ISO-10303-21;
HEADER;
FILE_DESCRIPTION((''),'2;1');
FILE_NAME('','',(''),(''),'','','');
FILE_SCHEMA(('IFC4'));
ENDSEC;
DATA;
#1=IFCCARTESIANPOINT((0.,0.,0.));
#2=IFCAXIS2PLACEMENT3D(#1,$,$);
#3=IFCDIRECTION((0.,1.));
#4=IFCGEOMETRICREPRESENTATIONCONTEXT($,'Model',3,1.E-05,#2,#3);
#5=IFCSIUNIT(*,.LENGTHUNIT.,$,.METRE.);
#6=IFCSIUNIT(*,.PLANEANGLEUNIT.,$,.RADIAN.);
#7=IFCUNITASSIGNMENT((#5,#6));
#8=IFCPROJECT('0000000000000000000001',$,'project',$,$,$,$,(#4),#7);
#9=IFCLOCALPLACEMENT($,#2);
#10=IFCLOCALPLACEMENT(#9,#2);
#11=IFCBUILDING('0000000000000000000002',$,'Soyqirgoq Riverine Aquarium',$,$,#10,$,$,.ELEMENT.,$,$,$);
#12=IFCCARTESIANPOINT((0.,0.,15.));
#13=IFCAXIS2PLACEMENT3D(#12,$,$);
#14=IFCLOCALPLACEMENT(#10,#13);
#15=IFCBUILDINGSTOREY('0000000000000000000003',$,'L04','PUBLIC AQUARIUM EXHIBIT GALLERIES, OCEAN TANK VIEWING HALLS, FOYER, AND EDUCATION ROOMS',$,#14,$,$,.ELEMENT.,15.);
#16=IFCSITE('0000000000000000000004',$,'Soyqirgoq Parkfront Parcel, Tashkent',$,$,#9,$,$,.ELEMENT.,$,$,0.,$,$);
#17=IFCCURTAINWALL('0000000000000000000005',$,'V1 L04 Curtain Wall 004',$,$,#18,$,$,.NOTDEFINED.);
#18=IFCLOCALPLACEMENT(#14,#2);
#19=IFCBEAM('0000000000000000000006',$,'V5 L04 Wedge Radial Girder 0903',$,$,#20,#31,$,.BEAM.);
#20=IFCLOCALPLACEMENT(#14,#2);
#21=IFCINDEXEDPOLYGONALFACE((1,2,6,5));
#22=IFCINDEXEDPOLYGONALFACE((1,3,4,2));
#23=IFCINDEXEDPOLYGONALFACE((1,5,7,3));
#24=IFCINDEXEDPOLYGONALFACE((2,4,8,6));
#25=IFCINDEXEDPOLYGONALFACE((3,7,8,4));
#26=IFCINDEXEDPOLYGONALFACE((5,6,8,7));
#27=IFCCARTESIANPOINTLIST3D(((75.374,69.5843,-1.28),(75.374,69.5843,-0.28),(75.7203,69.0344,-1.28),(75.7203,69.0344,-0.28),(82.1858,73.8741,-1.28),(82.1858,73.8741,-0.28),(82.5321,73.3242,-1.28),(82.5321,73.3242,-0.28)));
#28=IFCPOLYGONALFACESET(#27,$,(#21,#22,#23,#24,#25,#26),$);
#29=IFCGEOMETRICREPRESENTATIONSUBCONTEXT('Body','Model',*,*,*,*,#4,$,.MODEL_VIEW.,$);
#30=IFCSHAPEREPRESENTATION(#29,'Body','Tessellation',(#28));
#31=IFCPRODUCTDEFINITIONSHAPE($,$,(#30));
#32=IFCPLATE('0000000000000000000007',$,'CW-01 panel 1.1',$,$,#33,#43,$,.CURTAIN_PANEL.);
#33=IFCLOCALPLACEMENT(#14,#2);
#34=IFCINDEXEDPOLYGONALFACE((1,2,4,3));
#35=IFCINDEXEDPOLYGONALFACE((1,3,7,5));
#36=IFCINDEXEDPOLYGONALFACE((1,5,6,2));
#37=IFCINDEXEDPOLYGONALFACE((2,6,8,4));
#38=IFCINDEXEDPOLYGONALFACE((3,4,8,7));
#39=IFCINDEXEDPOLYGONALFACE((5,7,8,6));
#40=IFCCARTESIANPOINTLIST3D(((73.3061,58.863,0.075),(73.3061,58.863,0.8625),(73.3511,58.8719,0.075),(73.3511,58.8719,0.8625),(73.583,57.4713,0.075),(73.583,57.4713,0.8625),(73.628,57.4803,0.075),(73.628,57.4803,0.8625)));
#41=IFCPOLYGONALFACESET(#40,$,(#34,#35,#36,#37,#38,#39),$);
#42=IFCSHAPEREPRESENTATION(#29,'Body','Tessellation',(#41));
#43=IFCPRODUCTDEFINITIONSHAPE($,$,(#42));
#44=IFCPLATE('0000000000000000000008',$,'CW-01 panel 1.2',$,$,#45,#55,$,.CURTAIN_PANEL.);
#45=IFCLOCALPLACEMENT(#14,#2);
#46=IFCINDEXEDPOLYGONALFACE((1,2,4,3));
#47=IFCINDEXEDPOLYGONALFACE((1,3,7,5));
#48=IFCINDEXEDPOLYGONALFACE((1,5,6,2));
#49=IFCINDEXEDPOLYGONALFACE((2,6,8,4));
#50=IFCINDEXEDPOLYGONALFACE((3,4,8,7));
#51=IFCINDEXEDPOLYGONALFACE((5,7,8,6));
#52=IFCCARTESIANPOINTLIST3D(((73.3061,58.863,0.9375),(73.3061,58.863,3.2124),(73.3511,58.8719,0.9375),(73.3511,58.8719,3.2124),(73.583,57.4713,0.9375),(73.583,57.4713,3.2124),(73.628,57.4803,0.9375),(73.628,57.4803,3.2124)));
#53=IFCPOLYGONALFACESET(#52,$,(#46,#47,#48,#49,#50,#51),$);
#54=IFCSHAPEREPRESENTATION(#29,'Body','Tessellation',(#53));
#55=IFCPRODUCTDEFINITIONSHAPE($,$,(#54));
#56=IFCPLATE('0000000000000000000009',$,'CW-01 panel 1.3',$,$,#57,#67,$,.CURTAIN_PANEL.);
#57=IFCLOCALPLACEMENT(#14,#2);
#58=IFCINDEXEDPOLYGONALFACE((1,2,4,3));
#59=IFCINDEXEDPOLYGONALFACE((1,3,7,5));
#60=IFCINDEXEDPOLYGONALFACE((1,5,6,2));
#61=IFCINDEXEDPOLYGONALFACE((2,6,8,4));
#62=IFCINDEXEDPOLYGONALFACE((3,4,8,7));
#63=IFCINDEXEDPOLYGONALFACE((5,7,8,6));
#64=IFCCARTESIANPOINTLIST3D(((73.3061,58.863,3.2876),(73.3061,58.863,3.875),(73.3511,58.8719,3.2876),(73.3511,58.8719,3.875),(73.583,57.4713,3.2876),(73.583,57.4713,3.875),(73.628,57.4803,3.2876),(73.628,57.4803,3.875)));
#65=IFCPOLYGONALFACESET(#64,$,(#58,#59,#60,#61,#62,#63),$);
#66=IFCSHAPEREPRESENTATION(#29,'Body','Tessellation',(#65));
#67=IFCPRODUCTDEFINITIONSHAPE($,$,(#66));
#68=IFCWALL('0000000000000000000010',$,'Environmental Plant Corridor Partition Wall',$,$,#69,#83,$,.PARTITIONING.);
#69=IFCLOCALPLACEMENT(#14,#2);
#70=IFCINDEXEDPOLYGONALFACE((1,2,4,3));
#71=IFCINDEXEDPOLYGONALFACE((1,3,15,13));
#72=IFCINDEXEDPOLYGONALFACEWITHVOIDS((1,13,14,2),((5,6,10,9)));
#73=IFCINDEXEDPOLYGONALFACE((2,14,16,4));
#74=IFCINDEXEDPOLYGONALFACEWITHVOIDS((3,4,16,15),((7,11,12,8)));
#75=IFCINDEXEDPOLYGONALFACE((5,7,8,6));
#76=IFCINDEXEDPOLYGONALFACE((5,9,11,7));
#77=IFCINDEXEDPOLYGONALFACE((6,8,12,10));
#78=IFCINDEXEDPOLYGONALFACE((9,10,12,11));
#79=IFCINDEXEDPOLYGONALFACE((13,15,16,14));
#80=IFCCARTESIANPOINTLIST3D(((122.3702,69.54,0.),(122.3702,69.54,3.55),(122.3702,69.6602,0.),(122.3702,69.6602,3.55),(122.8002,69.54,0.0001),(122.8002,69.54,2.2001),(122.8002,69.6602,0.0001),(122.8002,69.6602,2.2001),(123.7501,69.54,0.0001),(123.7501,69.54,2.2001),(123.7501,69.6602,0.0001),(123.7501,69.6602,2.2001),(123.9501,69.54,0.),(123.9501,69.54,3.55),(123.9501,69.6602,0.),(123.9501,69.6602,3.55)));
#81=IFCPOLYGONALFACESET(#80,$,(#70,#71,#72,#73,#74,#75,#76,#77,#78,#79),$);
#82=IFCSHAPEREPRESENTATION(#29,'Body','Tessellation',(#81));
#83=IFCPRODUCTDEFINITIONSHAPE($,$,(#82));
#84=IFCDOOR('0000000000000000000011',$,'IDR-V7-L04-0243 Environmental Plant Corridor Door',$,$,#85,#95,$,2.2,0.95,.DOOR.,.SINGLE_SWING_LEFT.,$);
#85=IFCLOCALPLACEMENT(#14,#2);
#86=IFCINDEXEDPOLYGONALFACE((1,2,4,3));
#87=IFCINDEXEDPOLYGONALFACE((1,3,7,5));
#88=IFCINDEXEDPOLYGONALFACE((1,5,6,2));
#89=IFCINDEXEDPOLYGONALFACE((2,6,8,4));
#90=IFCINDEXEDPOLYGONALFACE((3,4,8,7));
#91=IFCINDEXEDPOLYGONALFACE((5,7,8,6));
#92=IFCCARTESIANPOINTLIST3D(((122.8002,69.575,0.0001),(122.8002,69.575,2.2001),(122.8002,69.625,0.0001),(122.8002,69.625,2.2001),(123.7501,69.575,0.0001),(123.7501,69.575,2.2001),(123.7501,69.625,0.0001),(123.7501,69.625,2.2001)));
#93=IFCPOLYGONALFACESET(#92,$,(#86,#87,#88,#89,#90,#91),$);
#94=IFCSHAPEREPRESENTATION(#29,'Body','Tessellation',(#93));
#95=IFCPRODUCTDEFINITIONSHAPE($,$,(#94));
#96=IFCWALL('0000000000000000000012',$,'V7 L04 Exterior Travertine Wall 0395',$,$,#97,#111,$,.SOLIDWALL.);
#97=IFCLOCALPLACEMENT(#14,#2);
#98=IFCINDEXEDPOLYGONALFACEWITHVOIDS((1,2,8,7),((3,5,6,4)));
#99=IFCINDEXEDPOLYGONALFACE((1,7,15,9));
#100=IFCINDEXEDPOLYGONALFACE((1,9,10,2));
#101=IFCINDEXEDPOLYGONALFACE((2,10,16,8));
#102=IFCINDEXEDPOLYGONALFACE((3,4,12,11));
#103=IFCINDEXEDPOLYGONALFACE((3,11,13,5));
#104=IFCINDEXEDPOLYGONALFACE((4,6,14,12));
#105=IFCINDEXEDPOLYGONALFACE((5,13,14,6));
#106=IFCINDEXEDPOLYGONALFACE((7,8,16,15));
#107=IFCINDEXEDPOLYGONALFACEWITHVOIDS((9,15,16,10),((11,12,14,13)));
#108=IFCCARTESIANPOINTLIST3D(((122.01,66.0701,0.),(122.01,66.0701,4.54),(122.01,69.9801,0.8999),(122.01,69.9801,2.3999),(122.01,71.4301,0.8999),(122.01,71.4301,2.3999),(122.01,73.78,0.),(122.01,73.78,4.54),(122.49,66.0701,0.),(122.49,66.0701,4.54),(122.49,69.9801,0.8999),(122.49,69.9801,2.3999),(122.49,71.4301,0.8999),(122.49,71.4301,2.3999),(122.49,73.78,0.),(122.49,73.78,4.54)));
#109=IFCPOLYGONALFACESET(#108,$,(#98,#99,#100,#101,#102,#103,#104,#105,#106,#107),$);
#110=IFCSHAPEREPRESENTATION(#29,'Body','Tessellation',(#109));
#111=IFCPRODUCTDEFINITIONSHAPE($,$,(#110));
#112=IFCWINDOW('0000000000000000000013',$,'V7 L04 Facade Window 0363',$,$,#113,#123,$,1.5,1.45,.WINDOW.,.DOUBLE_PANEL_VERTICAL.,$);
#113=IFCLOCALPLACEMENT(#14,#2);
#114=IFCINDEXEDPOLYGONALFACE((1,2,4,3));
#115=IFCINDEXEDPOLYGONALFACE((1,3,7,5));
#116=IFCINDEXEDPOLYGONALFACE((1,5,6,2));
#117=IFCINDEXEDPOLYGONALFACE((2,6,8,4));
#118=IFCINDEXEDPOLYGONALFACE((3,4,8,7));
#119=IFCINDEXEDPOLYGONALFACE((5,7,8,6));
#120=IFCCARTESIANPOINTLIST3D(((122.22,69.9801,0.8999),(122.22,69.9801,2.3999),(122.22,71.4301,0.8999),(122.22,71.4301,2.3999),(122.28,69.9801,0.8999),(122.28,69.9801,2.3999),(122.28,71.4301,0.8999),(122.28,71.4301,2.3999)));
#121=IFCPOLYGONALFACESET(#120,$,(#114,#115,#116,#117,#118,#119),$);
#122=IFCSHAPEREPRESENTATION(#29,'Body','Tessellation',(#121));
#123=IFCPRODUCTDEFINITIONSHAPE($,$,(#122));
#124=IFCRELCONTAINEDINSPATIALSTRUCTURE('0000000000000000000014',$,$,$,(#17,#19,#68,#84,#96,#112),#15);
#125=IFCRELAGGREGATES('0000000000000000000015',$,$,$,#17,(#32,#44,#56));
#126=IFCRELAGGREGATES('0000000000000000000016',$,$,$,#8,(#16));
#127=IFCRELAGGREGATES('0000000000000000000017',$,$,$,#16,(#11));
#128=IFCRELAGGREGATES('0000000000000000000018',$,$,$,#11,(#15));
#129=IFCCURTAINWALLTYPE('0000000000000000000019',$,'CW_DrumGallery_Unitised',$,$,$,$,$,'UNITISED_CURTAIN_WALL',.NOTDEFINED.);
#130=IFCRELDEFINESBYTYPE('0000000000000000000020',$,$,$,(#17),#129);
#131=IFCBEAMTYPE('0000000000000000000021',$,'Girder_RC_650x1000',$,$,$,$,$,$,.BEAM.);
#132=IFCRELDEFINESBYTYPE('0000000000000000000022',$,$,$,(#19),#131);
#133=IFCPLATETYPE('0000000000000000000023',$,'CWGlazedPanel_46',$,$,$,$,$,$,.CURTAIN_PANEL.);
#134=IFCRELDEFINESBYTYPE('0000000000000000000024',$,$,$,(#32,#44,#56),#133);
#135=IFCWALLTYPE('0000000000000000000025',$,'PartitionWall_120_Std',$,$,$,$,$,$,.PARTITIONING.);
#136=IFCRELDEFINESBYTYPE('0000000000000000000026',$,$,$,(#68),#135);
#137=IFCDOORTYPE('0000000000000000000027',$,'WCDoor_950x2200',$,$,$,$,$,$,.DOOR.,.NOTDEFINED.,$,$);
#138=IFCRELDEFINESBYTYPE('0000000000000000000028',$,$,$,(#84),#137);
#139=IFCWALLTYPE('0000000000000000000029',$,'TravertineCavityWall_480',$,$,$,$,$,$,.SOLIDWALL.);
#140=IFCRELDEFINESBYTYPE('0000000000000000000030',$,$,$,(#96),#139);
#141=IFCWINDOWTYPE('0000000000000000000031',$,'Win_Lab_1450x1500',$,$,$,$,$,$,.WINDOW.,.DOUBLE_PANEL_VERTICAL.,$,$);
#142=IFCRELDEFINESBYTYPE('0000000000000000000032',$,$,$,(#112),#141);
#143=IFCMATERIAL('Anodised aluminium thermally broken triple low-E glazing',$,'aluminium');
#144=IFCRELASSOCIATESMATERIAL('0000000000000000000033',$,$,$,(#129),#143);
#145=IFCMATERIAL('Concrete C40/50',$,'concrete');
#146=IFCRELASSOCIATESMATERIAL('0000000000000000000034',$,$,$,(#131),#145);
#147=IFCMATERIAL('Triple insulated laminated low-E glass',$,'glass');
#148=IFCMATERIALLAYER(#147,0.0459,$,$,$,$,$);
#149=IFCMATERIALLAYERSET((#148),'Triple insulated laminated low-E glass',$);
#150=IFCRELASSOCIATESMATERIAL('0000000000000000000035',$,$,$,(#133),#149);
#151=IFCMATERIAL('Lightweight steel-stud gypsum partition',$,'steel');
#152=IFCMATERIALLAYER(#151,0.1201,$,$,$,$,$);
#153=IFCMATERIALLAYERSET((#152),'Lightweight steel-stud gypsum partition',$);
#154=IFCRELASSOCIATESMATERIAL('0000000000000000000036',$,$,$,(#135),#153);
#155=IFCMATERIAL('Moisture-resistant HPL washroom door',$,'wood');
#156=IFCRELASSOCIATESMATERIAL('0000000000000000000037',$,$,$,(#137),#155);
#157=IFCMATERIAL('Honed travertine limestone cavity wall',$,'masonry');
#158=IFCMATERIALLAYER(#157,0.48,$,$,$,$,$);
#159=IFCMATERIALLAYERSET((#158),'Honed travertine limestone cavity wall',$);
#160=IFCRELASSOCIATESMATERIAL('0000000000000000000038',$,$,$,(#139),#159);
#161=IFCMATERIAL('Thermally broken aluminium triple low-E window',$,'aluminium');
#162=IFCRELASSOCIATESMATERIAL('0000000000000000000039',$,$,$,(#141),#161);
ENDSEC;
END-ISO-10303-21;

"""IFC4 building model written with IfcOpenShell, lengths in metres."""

from ifc_helpers import new_model, si_unit, direction, frame, frame_2d, origin, origin_2d, place, context, subcontext, project, spatial, rectangle, extrude, material, layer, layer_set, material_profile, profile_set, type_object, element, fill, aggregate, save


model = new_model("IFC4")

# Units and contexts
model_context = context("Model", 3, precision=1e-05, world=origin(), true_north=direction((0.0, 1.0)))
body_context = subcontext(model_context, "Body", "Model", "MODEL_VIEW")
ifc_project = project(units=[si_unit("LENGTHUNIT", "METRE"), si_unit("PLANEANGLEUNIT", "RADIAN")], contexts=[model_context])

# Site, building, storey
site_placement = place(None, origin())
site = spatial("IfcSite", under=ifc_project, at=site_placement, Name="Soyqirgoq Parkfront Parcel, Tashkent", CompositionType="ELEMENT", RefElevation=0.0)
building_placement = place(site_placement, origin())
building = spatial("IfcBuilding", under=site, at=building_placement, Name="Soyqirgoq Riverine Aquarium", CompositionType="ELEMENT")
storey_placement = place(building_placement, frame((0.0, 0.0, 15.0)))
storey = spatial("IfcBuildingStorey", under=building, at=storey_placement, Name="L04", Description="PUBLIC AQUARIUM EXHIBIT GALLERIES, OCEAN TANK VIEWING HALLS, FOYER, AND EDUCATION ROOMS", CompositionType="ELEMENT", Elevation=15.0)

# Curtain wall
ifc_material_1 = material(Name="Anodised aluminium thermally broken triple low-E glazing", Category="aluminium")
curtain_wall_type = type_object("IfcCurtainWallType", Name="CW_DrumGallery_Unitised", ElementType="UNITISED_CURTAIN_WALL", PredefinedType="NOTDEFINED", material=ifc_material_1)
curtain_wall_placement = place(storey_placement, origin())
curtain_wall = element("IfcCurtainWall", 1, at=curtain_wall_placement, inside=storey, type_object=curtain_wall_type, Name="V1 L04 Curtain Wall 004", PredefinedType="NOTDEFINED")

# Beam
ifc_material_2 = material(Name="Concrete C40/50", Category="concrete")
ifc_material_profile_1 = material_profile(ifc_material_2, rectangle(XDim=0.6499, YDim=1.0, at=origin_2d()), Name="RC 650x1000")
ifc_profile_set_1 = profile_set([ifc_material_profile_1], Name="Concrete C40/50")
beam_type_1 = type_object("IfcBeamType", Name="Girder_RC_650x1000", PredefinedType="BEAM", material=ifc_profile_set_1)
beam_1_placement = place(storey_placement, frame((75.5471, 69.3093, -0.78), z_axis=(0.846182, 0.532894, 0.0), x_axis=(-0.532894, 0.846182, 0.0)))
element("IfcBeam", 2, at=beam_1_placement, inside=storey, type_object=beam_type_1, Name="V5 L04 Wedge Radial Girder 0903", PredefinedType="BEAM", context=body_context, shape_type="SweptSolid", body=[
    extrude(rectangle(XDim=0.6499, YDim=1.0, at=origin_2d()), origin(), (0.0, 0.0, 1.0), 8.05),
])

# Plates
ifc_material_3 = material(Name="Triple insulated laminated low-E glass", Category="glass")
ifc_layer_1 = layer(ifc_material_3, 0.0459)
ifc_layer_set_1 = layer_set([ifc_layer_1], Name="Triple insulated laminated low-E glass")
plate_type = type_object("IfcPlateType", Name="CWGlazedPanel_46", PredefinedType="CURTAIN_PANEL", material=ifc_layer_set_1)
plate_1_placement = place(storey_placement, frame((73.467, 58.1716, 0.075), z_axis=(0.0, 0.0, 1.0), x_axis=(-0.195102, 0.980783, 0.0)))
plate_1 = element("IfcPlate", 3, at=plate_1_placement, type_object=plate_type, Name="CW-01 panel 1.1", PredefinedType="CURTAIN_PANEL", context=body_context, shape_type="SweptSolid", body=[
    extrude(rectangle(XDim=1.4189, YDim=0.0459, at=origin_2d()), origin(), (0.0, 0.0, 1.0), 0.7876),
])
plate_2_placement = place(storey_placement, frame((73.467, 58.1716, 0.9375), z_axis=(0.0, 0.0, 1.0), x_axis=(-0.195102, 0.980783, 0.0)))
plate_2 = element("IfcPlate", 4, at=plate_2_placement, type_object=plate_type, Name="CW-01 panel 1.2", PredefinedType="CURTAIN_PANEL", context=body_context, shape_type="SweptSolid", body=[
    extrude(rectangle(XDim=1.4189, YDim=0.0459, at=origin_2d()), origin(), (0.0, 0.0, 1.0), 2.2749),
])
plate_3_placement = place(storey_placement, frame((73.467, 58.1716, 3.2876), z_axis=(0.0, 0.0, 1.0), x_axis=(-0.195102, 0.980783, 0.0)))
plate_3 = element("IfcPlate", 5, at=plate_3_placement, type_object=plate_type, Name="CW-01 panel 1.3", PredefinedType="CURTAIN_PANEL", context=body_context, shape_type="SweptSolid", body=[
    extrude(rectangle(XDim=1.4189, YDim=0.0459, at=origin_2d()), origin(), (0.0, 0.0, 1.0), 0.5874),
])
aggregate(curtain_wall, [plate_1, plate_2, plate_3])

# Wall, opening, door
ifc_material_4 = material(Name="Lightweight steel-stud gypsum partition", Category="steel")
ifc_layer_2 = layer(ifc_material_4, 0.1201)
ifc_layer_set_2 = layer_set([ifc_layer_2], Name="Lightweight steel-stud gypsum partition")
wall_type_1 = type_object("IfcWallType", Name="PartitionWall_120_Std", PredefinedType="PARTITIONING", material=ifc_layer_set_2)
wall_1_placement = place(storey_placement, frame((122.3701, 69.6001, 0.0), z_axis=(0.0, 0.0, 1.0), x_axis=(1.0, 0.0, 0.0)))
wall_1 = element("IfcWall", 6, at=wall_1_placement, inside=storey, type_object=wall_type_1, Name="Environmental Plant Corridor Partition Wall", PredefinedType="PARTITIONING", context=body_context, shape_type="SweptSolid", body=[
    extrude(rectangle(XDim=1.5798, YDim=0.1201, at=frame_2d((0.79, 0.0))), origin(), (0.0, 0.0, 1.0), 3.55),
])
opening_1_placement = place(wall_1_placement, frame((0.4299, 0.0, 0.0)))
opening_1 = element("IfcOpeningElement", 7, at=opening_1_placement, cuts=wall_1, PredefinedType="OPENING", context=body_context, shape_type="SweptSolid", body=[
    extrude(rectangle(XDim=0.95, YDim=2.2, at=frame_2d((0.4751, 1.1001))), frame((0.0, 0.0701, 0.0), z_axis=(0.0, -1.0, 0.0), x_axis=(1.0, 0.0, 0.0)), (0.0, 0.0, 1.0), 0.1401),
])
ifc_material_5 = material(Name="Moisture-resistant HPL washroom door", Category="wood")
door_type = type_object("IfcDoorType", Name="WCDoor_950x2200", OperationType="NOTDEFINED", PredefinedType="DOOR", material=ifc_material_5)
door_placement = place(opening_1_placement, origin())
door = element("IfcDoor", 8, at=door_placement, inside=storey, type_object=door_type, Name="IDR-V7-L04-0243 Environmental Plant Corridor Door", OperationType="SINGLE_SWING_LEFT", OverallHeight=2.2, OverallWidth=0.95, PredefinedType="DOOR", context=body_context, shape_type="SweptSolid", body=[
    extrude(rectangle(XDim=0.95, YDim=2.2, at=frame_2d((0.4751, 1.1001))), frame((0.0, 0.0249, 0.0), z_axis=(0.0, -1.0, 0.0), x_axis=(1.0, 0.0, 0.0)), (0.0, 0.0, 1.0), 0.05),
])
fill(opening_1, door)

# Wall, opening, window
ifc_material_6 = material(Name="Honed travertine limestone cavity wall", Category="masonry")
ifc_layer_3 = layer(ifc_material_6, 0.48)
ifc_layer_set_3 = layer_set([ifc_layer_3], Name="Honed travertine limestone cavity wall")
wall_type_2 = type_object("IfcWallType", Name="TravertineCavityWall_480", PredefinedType="SOLIDWALL", material=ifc_layer_set_3)
wall_2_placement = place(storey_placement, frame((122.25, 66.0701, 0.0), z_axis=(0.0, 0.0, 1.0), x_axis=(0.0, 1.0, 0.0)))
wall_2 = element("IfcWall", 9, at=wall_2_placement, inside=storey, type_object=wall_type_2, Name="V7 L04 Exterior Travertine Wall 0395", PredefinedType="SOLIDWALL", context=body_context, shape_type="SweptSolid", body=[
    extrude(rectangle(XDim=7.71, YDim=0.48, at=frame_2d((3.855, 0.0))), origin(), (0.0, 0.0, 1.0), 4.54),
])
opening_2_placement = place(wall_2_placement, frame((3.9099, 0.0, 0.8999)))
opening_2 = element("IfcOpeningElement", 10, at=opening_2_placement, cuts=wall_2, PredefinedType="OPENING", context=body_context, shape_type="SweptSolid", body=[
    extrude(rectangle(XDim=1.45, YDim=1.5, at=frame_2d((0.7251, 0.75))), frame((0.0, 0.25, 0.0), z_axis=(0.0, -1.0, 0.0), x_axis=(1.0, 0.0, 0.0)), (0.0, 0.0, 1.0), 0.5),
])
ifc_material_7 = material(Name="Thermally broken aluminium triple low-E window", Category="aluminium")
window_type = type_object("IfcWindowType", Name="Win_Lab_1450x1500", PartitioningType="DOUBLE_PANEL_VERTICAL", PredefinedType="WINDOW", material=ifc_material_7)
window_placement = place(opening_2_placement, origin())
window = element("IfcWindow", 11, at=window_placement, inside=storey, type_object=window_type, Name="V7 L04 Facade Window 0363", OverallHeight=1.5, OverallWidth=1.45, PartitioningType="DOUBLE_PANEL_VERTICAL", PredefinedType="WINDOW", context=body_context, shape_type="SweptSolid", body=[
    extrude(rectangle(XDim=1.45, YDim=1.5, at=frame_2d((0.7251, 0.75))), frame((0.0, 0.03, 0.0), z_axis=(0.0, -1.0, 0.0), x_axis=(1.0, 0.0, 0.0)), (0.0, 0.0, 1.0), 0.0601),
])
fill(opening_2, window)

save(model, "model.ifc")
